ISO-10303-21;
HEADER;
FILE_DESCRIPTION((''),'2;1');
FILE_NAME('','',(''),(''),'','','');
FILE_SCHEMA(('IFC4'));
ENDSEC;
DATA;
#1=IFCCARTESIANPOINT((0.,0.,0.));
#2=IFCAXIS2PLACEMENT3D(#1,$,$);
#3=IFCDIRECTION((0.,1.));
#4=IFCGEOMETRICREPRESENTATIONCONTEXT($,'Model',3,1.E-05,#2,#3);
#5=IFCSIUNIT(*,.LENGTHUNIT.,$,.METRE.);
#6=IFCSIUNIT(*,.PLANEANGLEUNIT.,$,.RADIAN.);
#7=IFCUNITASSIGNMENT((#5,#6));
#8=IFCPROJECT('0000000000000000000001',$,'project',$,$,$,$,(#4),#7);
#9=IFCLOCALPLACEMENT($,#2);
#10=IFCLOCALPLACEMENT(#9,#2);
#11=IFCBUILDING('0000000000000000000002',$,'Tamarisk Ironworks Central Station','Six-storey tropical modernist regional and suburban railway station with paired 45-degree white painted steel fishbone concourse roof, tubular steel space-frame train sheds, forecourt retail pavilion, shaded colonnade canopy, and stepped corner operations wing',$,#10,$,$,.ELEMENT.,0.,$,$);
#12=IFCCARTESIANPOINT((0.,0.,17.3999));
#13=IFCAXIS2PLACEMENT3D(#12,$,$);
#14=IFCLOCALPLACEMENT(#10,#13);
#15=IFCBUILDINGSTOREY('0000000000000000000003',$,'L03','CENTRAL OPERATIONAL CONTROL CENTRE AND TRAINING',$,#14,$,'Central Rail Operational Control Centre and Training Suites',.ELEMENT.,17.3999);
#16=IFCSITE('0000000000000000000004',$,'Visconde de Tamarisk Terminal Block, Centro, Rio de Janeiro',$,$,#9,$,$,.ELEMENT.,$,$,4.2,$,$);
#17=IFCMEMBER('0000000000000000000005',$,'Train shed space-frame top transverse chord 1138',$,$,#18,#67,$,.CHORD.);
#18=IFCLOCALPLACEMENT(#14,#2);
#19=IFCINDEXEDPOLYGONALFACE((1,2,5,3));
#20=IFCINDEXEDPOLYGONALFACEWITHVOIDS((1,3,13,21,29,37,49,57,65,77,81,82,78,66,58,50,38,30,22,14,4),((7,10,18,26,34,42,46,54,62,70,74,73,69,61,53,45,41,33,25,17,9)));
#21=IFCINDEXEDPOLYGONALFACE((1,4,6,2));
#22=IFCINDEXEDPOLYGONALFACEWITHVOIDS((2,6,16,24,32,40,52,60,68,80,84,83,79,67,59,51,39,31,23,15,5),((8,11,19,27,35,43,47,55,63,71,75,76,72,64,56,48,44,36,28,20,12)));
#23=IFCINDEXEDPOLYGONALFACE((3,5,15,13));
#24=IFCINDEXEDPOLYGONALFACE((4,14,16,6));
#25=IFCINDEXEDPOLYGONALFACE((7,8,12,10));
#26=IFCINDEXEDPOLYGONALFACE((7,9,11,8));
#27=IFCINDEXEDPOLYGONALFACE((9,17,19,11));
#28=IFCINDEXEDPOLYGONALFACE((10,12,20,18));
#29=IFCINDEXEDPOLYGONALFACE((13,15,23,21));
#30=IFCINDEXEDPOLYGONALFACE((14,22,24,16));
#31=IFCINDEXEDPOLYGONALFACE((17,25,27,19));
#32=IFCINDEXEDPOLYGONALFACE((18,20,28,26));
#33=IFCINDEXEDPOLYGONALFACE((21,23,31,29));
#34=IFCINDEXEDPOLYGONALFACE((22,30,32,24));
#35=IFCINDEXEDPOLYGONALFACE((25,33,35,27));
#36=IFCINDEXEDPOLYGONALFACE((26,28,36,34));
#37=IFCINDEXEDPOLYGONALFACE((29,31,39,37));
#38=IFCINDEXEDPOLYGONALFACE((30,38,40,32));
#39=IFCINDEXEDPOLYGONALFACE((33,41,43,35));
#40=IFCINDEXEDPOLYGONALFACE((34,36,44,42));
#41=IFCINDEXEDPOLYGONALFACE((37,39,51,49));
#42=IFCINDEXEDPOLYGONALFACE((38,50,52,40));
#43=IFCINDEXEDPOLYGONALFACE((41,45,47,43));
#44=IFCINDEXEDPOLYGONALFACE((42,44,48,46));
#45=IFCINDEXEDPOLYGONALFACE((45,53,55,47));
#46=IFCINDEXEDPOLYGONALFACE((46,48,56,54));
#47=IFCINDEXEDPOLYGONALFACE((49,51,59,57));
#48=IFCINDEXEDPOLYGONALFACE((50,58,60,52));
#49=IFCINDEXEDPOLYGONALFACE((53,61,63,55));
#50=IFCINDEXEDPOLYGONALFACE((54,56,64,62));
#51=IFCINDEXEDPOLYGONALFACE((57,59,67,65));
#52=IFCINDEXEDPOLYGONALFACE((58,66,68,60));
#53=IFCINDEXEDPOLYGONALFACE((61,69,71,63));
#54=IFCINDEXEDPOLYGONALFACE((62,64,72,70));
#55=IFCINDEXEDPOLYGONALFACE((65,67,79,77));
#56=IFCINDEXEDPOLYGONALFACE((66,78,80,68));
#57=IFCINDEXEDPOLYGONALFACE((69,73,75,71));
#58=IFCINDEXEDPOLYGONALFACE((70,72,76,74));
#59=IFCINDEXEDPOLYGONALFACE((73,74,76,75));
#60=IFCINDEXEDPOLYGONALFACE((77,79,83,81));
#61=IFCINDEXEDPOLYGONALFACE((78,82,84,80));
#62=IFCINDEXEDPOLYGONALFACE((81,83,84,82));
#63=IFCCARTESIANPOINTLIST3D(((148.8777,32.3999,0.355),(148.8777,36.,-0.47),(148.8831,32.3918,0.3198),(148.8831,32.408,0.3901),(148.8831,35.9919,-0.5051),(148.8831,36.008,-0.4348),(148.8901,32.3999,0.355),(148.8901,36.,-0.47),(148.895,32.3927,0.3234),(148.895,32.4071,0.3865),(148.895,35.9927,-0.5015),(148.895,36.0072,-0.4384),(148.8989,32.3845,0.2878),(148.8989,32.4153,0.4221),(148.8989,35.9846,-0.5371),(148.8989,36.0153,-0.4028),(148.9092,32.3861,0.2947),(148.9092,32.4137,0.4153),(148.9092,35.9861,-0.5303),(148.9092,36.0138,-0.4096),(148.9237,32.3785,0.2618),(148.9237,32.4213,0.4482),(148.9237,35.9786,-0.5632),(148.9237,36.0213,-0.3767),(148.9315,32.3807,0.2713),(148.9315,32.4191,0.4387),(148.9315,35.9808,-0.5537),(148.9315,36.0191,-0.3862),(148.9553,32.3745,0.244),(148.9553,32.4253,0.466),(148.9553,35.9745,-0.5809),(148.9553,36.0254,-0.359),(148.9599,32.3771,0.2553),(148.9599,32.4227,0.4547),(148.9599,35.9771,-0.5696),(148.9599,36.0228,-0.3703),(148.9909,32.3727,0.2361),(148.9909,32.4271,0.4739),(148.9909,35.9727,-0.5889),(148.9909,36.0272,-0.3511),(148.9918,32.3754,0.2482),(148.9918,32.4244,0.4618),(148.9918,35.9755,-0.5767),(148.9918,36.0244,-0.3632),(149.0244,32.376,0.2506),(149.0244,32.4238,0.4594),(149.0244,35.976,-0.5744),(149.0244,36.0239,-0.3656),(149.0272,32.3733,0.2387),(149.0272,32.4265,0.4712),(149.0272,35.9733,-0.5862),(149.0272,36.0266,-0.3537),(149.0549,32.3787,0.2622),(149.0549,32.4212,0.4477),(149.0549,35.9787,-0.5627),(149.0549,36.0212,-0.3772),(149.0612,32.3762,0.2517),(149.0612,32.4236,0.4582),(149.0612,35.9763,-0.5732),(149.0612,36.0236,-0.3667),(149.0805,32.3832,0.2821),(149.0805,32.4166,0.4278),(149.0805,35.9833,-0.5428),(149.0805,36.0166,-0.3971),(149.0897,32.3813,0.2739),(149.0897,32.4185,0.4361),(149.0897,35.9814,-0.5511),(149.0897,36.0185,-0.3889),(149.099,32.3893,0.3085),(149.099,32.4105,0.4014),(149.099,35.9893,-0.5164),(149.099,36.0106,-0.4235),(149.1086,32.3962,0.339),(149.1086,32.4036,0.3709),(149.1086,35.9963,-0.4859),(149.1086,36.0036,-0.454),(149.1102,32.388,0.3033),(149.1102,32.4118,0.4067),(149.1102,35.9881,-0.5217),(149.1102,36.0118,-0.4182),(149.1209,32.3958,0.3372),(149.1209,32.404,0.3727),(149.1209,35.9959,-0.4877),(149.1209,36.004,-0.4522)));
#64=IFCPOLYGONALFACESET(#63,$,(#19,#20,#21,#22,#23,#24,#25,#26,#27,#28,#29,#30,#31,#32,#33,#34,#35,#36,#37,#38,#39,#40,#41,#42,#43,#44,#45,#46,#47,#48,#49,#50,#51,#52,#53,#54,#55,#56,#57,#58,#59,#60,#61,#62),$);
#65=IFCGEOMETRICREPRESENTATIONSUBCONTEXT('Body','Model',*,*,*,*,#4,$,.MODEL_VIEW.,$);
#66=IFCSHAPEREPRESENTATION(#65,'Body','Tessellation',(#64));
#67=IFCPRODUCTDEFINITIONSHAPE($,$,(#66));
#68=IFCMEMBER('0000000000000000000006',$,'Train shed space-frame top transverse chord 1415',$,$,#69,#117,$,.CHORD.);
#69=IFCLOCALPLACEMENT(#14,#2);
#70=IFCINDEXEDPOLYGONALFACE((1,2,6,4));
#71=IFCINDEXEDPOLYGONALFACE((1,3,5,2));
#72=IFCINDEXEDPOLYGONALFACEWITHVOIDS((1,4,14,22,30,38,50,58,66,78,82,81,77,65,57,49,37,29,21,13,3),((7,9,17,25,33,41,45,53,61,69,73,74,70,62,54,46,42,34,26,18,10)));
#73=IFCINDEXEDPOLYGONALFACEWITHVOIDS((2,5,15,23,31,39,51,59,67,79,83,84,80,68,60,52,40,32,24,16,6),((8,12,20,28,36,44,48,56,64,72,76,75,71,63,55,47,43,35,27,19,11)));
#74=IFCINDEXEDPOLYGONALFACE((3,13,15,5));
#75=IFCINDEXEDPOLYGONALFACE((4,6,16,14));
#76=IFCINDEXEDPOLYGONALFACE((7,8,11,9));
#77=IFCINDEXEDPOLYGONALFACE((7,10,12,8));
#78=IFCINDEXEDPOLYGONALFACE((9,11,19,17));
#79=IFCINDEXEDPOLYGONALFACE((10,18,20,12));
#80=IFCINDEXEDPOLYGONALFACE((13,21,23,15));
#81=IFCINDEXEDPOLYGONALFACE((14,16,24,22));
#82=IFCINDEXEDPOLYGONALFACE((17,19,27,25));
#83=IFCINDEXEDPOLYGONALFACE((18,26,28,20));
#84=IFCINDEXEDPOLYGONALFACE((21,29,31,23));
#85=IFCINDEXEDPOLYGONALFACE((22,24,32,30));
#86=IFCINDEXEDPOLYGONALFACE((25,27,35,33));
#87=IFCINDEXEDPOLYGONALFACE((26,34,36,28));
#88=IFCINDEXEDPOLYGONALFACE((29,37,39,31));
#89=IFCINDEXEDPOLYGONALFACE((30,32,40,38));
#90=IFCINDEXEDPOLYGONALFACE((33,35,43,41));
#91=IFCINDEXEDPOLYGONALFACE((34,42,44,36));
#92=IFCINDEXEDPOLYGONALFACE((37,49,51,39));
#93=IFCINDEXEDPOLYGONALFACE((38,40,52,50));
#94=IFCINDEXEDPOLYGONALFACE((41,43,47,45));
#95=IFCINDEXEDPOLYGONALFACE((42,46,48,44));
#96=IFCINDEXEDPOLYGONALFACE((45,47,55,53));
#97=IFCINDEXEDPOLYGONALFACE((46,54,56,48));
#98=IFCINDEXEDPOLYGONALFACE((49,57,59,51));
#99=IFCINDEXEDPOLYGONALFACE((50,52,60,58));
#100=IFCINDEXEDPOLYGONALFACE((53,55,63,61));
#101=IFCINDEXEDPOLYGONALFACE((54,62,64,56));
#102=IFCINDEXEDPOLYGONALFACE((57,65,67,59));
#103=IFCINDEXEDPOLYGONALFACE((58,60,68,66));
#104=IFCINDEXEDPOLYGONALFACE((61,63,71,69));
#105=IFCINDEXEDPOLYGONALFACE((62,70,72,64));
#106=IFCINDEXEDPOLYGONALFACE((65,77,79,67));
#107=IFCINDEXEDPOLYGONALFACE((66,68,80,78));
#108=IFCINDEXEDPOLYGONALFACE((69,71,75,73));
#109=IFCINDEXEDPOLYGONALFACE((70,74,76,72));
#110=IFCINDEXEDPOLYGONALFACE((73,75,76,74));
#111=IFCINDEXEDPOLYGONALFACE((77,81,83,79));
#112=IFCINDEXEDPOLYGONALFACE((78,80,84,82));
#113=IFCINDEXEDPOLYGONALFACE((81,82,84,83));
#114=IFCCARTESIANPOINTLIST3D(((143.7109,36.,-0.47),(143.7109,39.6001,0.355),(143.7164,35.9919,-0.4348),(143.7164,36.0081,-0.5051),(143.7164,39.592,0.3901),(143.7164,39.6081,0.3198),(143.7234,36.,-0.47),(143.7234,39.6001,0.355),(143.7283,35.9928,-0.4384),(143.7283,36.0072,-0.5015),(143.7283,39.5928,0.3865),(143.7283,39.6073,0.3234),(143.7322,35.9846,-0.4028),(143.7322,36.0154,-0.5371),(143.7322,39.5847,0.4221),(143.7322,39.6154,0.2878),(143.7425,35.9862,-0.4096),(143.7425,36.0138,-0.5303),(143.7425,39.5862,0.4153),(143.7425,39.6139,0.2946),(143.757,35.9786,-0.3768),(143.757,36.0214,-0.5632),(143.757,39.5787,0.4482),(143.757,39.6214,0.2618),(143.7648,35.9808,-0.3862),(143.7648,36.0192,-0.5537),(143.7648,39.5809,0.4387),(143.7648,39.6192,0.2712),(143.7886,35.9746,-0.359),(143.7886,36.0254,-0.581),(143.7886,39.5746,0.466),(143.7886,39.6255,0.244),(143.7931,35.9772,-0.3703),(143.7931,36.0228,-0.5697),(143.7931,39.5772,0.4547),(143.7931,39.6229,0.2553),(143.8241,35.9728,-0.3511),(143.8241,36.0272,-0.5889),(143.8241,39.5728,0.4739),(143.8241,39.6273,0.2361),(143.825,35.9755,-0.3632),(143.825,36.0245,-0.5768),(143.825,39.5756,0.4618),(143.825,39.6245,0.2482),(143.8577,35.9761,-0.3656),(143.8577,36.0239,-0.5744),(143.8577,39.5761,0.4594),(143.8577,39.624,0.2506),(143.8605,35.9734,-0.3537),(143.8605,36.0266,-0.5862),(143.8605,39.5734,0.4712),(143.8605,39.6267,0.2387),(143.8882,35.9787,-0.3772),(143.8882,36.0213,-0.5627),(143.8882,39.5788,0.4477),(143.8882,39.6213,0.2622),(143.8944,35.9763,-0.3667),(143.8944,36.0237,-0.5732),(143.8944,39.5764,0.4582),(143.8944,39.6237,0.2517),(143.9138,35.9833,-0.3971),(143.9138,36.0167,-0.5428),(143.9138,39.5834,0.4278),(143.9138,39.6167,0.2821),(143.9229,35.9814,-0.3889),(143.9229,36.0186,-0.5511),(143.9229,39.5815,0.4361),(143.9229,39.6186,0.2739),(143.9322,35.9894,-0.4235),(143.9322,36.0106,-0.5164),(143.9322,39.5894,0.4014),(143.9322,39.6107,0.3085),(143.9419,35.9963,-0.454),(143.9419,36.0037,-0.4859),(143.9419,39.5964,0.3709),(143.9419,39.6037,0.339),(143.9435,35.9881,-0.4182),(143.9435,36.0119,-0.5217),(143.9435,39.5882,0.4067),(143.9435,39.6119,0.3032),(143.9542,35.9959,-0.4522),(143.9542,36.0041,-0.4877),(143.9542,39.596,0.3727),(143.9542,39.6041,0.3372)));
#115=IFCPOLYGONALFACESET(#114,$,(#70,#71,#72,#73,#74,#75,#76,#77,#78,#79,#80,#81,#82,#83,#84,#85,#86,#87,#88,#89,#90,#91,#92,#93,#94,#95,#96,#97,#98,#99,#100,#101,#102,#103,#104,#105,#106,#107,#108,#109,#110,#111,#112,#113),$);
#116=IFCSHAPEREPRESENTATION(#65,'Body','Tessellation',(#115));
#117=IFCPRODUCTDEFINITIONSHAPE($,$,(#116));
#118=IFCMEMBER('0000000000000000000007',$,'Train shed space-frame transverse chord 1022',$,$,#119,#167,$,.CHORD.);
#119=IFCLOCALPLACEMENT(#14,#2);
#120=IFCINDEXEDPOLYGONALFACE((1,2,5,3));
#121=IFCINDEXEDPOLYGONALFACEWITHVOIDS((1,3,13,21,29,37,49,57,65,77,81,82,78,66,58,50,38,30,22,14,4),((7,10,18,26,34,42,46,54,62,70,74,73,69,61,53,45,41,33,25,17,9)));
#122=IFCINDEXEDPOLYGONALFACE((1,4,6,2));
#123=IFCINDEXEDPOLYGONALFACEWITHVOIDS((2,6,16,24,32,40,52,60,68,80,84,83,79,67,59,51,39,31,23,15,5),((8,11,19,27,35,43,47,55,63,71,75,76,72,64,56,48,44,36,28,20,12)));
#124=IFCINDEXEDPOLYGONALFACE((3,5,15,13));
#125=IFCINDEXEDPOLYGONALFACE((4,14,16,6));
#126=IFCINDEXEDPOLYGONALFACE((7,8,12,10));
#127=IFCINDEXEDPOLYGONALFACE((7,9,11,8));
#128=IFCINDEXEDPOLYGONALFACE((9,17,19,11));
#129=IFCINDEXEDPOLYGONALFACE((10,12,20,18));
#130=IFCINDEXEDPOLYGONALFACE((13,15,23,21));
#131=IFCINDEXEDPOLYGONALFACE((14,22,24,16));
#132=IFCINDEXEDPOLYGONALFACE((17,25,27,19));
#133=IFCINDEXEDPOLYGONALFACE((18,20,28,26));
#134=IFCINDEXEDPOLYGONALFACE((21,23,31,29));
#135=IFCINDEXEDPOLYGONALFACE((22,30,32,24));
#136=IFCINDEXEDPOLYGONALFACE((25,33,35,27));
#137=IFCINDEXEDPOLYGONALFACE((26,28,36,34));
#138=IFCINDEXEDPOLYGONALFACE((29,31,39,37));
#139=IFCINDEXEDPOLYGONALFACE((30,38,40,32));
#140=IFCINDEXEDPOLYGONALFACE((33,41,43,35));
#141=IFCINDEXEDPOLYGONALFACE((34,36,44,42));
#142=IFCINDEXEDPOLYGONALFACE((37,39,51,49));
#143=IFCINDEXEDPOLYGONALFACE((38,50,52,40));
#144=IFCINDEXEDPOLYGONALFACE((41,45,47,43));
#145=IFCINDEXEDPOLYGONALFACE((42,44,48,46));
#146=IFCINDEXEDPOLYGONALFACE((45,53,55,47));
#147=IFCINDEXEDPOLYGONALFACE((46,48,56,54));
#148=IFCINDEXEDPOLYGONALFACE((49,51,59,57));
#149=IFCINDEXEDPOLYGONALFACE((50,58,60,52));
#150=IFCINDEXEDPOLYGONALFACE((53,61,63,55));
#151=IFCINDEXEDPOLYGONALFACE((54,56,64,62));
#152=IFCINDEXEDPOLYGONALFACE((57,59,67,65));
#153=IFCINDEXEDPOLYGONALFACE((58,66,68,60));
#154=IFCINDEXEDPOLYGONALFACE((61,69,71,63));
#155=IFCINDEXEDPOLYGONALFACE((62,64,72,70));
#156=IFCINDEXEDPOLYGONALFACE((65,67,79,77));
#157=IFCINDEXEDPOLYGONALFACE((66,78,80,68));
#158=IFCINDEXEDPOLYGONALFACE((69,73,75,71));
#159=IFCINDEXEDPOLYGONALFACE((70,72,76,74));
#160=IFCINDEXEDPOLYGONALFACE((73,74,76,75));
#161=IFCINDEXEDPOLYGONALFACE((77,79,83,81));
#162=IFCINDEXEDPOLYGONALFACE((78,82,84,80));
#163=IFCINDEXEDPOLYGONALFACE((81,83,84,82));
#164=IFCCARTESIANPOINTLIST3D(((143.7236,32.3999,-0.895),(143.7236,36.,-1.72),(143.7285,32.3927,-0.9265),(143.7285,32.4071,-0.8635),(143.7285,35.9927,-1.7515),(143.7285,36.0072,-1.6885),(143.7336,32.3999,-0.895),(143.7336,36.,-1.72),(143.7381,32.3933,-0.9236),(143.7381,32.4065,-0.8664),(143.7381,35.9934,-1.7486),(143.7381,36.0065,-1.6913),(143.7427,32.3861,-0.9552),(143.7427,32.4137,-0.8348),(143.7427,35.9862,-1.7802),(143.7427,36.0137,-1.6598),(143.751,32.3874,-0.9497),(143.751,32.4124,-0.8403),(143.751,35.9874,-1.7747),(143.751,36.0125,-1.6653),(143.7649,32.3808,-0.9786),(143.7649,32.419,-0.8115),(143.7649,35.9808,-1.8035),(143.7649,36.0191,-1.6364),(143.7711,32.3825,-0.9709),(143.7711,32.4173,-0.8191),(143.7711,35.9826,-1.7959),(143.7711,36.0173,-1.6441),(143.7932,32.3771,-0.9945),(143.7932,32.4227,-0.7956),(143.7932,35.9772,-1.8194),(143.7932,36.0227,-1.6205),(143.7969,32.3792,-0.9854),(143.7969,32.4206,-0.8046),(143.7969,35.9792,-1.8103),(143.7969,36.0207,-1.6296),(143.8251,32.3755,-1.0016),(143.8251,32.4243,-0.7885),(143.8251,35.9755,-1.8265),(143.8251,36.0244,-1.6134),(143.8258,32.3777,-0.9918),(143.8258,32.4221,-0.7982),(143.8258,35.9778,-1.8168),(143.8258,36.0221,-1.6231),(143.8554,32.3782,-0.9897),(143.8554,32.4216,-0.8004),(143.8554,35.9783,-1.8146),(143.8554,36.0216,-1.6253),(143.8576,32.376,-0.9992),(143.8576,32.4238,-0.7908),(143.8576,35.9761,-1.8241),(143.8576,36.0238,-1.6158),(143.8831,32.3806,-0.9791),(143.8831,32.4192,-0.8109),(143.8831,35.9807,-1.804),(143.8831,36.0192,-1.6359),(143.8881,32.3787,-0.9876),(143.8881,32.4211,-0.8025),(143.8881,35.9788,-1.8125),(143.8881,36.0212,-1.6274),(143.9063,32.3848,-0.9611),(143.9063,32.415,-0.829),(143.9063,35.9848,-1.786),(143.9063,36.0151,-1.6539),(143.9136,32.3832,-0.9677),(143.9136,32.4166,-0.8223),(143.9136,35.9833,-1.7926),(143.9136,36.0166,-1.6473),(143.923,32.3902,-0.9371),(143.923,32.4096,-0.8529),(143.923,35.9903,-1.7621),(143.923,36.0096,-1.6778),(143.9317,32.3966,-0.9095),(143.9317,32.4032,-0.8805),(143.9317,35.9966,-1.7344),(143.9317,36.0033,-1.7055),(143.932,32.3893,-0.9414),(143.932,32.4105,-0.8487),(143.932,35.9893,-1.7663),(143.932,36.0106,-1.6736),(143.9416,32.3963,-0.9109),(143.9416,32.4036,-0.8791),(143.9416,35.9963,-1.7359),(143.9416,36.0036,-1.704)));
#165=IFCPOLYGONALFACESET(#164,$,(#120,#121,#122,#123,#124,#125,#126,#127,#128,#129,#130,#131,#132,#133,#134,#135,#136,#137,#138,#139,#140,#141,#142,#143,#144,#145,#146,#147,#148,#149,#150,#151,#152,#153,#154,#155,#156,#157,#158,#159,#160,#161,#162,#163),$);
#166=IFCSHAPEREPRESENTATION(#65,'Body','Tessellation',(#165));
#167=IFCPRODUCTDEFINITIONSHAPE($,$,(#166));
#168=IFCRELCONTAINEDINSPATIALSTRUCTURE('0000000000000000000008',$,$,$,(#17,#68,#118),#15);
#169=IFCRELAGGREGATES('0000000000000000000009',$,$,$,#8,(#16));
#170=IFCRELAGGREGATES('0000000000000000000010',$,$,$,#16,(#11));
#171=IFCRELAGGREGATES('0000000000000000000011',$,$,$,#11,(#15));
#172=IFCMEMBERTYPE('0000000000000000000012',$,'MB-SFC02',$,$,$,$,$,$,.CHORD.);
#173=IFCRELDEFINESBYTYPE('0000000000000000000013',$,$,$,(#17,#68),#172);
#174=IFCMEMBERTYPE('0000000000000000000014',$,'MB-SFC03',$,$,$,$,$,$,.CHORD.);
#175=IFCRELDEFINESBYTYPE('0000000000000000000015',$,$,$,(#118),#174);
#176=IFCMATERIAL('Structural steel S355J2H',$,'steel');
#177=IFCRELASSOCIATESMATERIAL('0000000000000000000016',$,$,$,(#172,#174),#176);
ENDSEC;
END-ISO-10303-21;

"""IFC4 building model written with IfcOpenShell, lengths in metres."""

from ifc_helpers import new_model, si_unit, direction, frame, origin, origin_2d, place, context, subcontext, project, spatial, hollow_circle, extrude, material, material_profile, profile_set, type_object, element, save


model = new_model("IFC4")

# Units and contexts
model_context = context("Model", 3, precision=1e-05, world=origin(), true_north=direction((0.0, 1.0)))
body_context = subcontext(model_context, "Body", "Model", "MODEL_VIEW")
ifc_project = project(units=[si_unit("LENGTHUNIT", "METRE"), si_unit("PLANEANGLEUNIT", "RADIAN")], contexts=[model_context])

# Site, building, storey
site_placement = place(None, origin())
site = spatial("IfcSite", under=ifc_project, at=site_placement, Name="Visconde de Tamarisk Terminal Block, Centro, Rio de Janeiro", CompositionType="ELEMENT", RefElevation=4.2)
building_placement = place(site_placement, origin())
building = spatial("IfcBuilding", under=site, at=building_placement, Name="Tamarisk Ironworks Central Station", Description="Six-storey tropical modernist regional and suburban railway station with paired 45-degree white painted steel fishbone concourse roof, tubular steel space-frame train sheds, forecourt retail pavilion, shaded colonnade canopy, and stepped corner operations wing", CompositionType="ELEMENT", ElevationOfRefHeight=0.0)
storey_placement = place(building_placement, frame((0.0, 0.0, 17.3999)))
storey = spatial("IfcBuildingStorey", under=building, at=storey_placement, Name="L03", Description="CENTRAL OPERATIONAL CONTROL CENTRE AND TRAINING", LongName="Central Rail Operational Control Centre and Training Suites", CompositionType="ELEMENT", Elevation=17.3999)

# Members
ifc_material = material(Name="Structural steel S355J2H", Category="steel")
ifc_material_profile_1 = material_profile(ifc_material, hollow_circle(Radius=0.1223, WallThickness=0.0125, at=origin_2d()), Name="CHS 244.5x12.5")
ifc_profile_set_1 = profile_set([ifc_material_profile_1], Name="Structural steel S355J2H")
member_type_1 = type_object("IfcMemberType", Name="MB-SFC02", PredefinedType="CHORD", material=ifc_profile_set_1)
for number, where, z_axis, x_axis, name in (
    (1, (149.0, 32.3999, 0.355), (0.0, 0.974737, -0.223358), (-1.0, 0.0, 0.0), "Train shed space-frame top transverse chord 1138"),
    (2, (143.8333, 36.0, -0.47), (0.0, 0.974737, 0.223358), (-1.0, 0.0, 0.0), "Train shed space-frame top transverse chord 1415"),
):
    element("IfcMember", number, at=place(storey_placement, frame(where, z_axis=z_axis, x_axis=x_axis)), inside=storey, type_object=member_type_1, Name=name, PredefinedType="CHORD", context=body_context, shape_type="SweptSolid", body=[
        extrude(hollow_circle(Radius=0.1223, WallThickness=0.0125, at=origin_2d()), origin(), (0.0, 0.0, 1.0), 3.6934),
    ])
ifc_material_profile_2 = material_profile(ifc_material, hollow_circle(Radius=0.1096, WallThickness=0.01, at=origin_2d()), Name="CHS 219.1x10")
ifc_profile_set_2 = profile_set([ifc_material_profile_2], Name="Structural steel S355J2H")
member_type_2 = type_object("IfcMemberType", Name="MB-SFC03", PredefinedType="CHORD", material=ifc_profile_set_2)
member_1_placement = place(storey_placement, frame((143.8333, 32.3999, -0.895), z_axis=(0.0, 0.974737, -0.223358), x_axis=(-1.0, 0.0, 0.0)))
element("IfcMember", 3, at=member_1_placement, inside=storey, type_object=member_type_2, Name="Train shed space-frame transverse chord 1022", PredefinedType="CHORD", context=body_context, shape_type="SweptSolid", body=[
    extrude(hollow_circle(Radius=0.1096, WallThickness=0.01, at=origin_2d()), origin(), (0.0, 0.0, 1.0), 3.6934),
])

save(model, "model.ifc")
